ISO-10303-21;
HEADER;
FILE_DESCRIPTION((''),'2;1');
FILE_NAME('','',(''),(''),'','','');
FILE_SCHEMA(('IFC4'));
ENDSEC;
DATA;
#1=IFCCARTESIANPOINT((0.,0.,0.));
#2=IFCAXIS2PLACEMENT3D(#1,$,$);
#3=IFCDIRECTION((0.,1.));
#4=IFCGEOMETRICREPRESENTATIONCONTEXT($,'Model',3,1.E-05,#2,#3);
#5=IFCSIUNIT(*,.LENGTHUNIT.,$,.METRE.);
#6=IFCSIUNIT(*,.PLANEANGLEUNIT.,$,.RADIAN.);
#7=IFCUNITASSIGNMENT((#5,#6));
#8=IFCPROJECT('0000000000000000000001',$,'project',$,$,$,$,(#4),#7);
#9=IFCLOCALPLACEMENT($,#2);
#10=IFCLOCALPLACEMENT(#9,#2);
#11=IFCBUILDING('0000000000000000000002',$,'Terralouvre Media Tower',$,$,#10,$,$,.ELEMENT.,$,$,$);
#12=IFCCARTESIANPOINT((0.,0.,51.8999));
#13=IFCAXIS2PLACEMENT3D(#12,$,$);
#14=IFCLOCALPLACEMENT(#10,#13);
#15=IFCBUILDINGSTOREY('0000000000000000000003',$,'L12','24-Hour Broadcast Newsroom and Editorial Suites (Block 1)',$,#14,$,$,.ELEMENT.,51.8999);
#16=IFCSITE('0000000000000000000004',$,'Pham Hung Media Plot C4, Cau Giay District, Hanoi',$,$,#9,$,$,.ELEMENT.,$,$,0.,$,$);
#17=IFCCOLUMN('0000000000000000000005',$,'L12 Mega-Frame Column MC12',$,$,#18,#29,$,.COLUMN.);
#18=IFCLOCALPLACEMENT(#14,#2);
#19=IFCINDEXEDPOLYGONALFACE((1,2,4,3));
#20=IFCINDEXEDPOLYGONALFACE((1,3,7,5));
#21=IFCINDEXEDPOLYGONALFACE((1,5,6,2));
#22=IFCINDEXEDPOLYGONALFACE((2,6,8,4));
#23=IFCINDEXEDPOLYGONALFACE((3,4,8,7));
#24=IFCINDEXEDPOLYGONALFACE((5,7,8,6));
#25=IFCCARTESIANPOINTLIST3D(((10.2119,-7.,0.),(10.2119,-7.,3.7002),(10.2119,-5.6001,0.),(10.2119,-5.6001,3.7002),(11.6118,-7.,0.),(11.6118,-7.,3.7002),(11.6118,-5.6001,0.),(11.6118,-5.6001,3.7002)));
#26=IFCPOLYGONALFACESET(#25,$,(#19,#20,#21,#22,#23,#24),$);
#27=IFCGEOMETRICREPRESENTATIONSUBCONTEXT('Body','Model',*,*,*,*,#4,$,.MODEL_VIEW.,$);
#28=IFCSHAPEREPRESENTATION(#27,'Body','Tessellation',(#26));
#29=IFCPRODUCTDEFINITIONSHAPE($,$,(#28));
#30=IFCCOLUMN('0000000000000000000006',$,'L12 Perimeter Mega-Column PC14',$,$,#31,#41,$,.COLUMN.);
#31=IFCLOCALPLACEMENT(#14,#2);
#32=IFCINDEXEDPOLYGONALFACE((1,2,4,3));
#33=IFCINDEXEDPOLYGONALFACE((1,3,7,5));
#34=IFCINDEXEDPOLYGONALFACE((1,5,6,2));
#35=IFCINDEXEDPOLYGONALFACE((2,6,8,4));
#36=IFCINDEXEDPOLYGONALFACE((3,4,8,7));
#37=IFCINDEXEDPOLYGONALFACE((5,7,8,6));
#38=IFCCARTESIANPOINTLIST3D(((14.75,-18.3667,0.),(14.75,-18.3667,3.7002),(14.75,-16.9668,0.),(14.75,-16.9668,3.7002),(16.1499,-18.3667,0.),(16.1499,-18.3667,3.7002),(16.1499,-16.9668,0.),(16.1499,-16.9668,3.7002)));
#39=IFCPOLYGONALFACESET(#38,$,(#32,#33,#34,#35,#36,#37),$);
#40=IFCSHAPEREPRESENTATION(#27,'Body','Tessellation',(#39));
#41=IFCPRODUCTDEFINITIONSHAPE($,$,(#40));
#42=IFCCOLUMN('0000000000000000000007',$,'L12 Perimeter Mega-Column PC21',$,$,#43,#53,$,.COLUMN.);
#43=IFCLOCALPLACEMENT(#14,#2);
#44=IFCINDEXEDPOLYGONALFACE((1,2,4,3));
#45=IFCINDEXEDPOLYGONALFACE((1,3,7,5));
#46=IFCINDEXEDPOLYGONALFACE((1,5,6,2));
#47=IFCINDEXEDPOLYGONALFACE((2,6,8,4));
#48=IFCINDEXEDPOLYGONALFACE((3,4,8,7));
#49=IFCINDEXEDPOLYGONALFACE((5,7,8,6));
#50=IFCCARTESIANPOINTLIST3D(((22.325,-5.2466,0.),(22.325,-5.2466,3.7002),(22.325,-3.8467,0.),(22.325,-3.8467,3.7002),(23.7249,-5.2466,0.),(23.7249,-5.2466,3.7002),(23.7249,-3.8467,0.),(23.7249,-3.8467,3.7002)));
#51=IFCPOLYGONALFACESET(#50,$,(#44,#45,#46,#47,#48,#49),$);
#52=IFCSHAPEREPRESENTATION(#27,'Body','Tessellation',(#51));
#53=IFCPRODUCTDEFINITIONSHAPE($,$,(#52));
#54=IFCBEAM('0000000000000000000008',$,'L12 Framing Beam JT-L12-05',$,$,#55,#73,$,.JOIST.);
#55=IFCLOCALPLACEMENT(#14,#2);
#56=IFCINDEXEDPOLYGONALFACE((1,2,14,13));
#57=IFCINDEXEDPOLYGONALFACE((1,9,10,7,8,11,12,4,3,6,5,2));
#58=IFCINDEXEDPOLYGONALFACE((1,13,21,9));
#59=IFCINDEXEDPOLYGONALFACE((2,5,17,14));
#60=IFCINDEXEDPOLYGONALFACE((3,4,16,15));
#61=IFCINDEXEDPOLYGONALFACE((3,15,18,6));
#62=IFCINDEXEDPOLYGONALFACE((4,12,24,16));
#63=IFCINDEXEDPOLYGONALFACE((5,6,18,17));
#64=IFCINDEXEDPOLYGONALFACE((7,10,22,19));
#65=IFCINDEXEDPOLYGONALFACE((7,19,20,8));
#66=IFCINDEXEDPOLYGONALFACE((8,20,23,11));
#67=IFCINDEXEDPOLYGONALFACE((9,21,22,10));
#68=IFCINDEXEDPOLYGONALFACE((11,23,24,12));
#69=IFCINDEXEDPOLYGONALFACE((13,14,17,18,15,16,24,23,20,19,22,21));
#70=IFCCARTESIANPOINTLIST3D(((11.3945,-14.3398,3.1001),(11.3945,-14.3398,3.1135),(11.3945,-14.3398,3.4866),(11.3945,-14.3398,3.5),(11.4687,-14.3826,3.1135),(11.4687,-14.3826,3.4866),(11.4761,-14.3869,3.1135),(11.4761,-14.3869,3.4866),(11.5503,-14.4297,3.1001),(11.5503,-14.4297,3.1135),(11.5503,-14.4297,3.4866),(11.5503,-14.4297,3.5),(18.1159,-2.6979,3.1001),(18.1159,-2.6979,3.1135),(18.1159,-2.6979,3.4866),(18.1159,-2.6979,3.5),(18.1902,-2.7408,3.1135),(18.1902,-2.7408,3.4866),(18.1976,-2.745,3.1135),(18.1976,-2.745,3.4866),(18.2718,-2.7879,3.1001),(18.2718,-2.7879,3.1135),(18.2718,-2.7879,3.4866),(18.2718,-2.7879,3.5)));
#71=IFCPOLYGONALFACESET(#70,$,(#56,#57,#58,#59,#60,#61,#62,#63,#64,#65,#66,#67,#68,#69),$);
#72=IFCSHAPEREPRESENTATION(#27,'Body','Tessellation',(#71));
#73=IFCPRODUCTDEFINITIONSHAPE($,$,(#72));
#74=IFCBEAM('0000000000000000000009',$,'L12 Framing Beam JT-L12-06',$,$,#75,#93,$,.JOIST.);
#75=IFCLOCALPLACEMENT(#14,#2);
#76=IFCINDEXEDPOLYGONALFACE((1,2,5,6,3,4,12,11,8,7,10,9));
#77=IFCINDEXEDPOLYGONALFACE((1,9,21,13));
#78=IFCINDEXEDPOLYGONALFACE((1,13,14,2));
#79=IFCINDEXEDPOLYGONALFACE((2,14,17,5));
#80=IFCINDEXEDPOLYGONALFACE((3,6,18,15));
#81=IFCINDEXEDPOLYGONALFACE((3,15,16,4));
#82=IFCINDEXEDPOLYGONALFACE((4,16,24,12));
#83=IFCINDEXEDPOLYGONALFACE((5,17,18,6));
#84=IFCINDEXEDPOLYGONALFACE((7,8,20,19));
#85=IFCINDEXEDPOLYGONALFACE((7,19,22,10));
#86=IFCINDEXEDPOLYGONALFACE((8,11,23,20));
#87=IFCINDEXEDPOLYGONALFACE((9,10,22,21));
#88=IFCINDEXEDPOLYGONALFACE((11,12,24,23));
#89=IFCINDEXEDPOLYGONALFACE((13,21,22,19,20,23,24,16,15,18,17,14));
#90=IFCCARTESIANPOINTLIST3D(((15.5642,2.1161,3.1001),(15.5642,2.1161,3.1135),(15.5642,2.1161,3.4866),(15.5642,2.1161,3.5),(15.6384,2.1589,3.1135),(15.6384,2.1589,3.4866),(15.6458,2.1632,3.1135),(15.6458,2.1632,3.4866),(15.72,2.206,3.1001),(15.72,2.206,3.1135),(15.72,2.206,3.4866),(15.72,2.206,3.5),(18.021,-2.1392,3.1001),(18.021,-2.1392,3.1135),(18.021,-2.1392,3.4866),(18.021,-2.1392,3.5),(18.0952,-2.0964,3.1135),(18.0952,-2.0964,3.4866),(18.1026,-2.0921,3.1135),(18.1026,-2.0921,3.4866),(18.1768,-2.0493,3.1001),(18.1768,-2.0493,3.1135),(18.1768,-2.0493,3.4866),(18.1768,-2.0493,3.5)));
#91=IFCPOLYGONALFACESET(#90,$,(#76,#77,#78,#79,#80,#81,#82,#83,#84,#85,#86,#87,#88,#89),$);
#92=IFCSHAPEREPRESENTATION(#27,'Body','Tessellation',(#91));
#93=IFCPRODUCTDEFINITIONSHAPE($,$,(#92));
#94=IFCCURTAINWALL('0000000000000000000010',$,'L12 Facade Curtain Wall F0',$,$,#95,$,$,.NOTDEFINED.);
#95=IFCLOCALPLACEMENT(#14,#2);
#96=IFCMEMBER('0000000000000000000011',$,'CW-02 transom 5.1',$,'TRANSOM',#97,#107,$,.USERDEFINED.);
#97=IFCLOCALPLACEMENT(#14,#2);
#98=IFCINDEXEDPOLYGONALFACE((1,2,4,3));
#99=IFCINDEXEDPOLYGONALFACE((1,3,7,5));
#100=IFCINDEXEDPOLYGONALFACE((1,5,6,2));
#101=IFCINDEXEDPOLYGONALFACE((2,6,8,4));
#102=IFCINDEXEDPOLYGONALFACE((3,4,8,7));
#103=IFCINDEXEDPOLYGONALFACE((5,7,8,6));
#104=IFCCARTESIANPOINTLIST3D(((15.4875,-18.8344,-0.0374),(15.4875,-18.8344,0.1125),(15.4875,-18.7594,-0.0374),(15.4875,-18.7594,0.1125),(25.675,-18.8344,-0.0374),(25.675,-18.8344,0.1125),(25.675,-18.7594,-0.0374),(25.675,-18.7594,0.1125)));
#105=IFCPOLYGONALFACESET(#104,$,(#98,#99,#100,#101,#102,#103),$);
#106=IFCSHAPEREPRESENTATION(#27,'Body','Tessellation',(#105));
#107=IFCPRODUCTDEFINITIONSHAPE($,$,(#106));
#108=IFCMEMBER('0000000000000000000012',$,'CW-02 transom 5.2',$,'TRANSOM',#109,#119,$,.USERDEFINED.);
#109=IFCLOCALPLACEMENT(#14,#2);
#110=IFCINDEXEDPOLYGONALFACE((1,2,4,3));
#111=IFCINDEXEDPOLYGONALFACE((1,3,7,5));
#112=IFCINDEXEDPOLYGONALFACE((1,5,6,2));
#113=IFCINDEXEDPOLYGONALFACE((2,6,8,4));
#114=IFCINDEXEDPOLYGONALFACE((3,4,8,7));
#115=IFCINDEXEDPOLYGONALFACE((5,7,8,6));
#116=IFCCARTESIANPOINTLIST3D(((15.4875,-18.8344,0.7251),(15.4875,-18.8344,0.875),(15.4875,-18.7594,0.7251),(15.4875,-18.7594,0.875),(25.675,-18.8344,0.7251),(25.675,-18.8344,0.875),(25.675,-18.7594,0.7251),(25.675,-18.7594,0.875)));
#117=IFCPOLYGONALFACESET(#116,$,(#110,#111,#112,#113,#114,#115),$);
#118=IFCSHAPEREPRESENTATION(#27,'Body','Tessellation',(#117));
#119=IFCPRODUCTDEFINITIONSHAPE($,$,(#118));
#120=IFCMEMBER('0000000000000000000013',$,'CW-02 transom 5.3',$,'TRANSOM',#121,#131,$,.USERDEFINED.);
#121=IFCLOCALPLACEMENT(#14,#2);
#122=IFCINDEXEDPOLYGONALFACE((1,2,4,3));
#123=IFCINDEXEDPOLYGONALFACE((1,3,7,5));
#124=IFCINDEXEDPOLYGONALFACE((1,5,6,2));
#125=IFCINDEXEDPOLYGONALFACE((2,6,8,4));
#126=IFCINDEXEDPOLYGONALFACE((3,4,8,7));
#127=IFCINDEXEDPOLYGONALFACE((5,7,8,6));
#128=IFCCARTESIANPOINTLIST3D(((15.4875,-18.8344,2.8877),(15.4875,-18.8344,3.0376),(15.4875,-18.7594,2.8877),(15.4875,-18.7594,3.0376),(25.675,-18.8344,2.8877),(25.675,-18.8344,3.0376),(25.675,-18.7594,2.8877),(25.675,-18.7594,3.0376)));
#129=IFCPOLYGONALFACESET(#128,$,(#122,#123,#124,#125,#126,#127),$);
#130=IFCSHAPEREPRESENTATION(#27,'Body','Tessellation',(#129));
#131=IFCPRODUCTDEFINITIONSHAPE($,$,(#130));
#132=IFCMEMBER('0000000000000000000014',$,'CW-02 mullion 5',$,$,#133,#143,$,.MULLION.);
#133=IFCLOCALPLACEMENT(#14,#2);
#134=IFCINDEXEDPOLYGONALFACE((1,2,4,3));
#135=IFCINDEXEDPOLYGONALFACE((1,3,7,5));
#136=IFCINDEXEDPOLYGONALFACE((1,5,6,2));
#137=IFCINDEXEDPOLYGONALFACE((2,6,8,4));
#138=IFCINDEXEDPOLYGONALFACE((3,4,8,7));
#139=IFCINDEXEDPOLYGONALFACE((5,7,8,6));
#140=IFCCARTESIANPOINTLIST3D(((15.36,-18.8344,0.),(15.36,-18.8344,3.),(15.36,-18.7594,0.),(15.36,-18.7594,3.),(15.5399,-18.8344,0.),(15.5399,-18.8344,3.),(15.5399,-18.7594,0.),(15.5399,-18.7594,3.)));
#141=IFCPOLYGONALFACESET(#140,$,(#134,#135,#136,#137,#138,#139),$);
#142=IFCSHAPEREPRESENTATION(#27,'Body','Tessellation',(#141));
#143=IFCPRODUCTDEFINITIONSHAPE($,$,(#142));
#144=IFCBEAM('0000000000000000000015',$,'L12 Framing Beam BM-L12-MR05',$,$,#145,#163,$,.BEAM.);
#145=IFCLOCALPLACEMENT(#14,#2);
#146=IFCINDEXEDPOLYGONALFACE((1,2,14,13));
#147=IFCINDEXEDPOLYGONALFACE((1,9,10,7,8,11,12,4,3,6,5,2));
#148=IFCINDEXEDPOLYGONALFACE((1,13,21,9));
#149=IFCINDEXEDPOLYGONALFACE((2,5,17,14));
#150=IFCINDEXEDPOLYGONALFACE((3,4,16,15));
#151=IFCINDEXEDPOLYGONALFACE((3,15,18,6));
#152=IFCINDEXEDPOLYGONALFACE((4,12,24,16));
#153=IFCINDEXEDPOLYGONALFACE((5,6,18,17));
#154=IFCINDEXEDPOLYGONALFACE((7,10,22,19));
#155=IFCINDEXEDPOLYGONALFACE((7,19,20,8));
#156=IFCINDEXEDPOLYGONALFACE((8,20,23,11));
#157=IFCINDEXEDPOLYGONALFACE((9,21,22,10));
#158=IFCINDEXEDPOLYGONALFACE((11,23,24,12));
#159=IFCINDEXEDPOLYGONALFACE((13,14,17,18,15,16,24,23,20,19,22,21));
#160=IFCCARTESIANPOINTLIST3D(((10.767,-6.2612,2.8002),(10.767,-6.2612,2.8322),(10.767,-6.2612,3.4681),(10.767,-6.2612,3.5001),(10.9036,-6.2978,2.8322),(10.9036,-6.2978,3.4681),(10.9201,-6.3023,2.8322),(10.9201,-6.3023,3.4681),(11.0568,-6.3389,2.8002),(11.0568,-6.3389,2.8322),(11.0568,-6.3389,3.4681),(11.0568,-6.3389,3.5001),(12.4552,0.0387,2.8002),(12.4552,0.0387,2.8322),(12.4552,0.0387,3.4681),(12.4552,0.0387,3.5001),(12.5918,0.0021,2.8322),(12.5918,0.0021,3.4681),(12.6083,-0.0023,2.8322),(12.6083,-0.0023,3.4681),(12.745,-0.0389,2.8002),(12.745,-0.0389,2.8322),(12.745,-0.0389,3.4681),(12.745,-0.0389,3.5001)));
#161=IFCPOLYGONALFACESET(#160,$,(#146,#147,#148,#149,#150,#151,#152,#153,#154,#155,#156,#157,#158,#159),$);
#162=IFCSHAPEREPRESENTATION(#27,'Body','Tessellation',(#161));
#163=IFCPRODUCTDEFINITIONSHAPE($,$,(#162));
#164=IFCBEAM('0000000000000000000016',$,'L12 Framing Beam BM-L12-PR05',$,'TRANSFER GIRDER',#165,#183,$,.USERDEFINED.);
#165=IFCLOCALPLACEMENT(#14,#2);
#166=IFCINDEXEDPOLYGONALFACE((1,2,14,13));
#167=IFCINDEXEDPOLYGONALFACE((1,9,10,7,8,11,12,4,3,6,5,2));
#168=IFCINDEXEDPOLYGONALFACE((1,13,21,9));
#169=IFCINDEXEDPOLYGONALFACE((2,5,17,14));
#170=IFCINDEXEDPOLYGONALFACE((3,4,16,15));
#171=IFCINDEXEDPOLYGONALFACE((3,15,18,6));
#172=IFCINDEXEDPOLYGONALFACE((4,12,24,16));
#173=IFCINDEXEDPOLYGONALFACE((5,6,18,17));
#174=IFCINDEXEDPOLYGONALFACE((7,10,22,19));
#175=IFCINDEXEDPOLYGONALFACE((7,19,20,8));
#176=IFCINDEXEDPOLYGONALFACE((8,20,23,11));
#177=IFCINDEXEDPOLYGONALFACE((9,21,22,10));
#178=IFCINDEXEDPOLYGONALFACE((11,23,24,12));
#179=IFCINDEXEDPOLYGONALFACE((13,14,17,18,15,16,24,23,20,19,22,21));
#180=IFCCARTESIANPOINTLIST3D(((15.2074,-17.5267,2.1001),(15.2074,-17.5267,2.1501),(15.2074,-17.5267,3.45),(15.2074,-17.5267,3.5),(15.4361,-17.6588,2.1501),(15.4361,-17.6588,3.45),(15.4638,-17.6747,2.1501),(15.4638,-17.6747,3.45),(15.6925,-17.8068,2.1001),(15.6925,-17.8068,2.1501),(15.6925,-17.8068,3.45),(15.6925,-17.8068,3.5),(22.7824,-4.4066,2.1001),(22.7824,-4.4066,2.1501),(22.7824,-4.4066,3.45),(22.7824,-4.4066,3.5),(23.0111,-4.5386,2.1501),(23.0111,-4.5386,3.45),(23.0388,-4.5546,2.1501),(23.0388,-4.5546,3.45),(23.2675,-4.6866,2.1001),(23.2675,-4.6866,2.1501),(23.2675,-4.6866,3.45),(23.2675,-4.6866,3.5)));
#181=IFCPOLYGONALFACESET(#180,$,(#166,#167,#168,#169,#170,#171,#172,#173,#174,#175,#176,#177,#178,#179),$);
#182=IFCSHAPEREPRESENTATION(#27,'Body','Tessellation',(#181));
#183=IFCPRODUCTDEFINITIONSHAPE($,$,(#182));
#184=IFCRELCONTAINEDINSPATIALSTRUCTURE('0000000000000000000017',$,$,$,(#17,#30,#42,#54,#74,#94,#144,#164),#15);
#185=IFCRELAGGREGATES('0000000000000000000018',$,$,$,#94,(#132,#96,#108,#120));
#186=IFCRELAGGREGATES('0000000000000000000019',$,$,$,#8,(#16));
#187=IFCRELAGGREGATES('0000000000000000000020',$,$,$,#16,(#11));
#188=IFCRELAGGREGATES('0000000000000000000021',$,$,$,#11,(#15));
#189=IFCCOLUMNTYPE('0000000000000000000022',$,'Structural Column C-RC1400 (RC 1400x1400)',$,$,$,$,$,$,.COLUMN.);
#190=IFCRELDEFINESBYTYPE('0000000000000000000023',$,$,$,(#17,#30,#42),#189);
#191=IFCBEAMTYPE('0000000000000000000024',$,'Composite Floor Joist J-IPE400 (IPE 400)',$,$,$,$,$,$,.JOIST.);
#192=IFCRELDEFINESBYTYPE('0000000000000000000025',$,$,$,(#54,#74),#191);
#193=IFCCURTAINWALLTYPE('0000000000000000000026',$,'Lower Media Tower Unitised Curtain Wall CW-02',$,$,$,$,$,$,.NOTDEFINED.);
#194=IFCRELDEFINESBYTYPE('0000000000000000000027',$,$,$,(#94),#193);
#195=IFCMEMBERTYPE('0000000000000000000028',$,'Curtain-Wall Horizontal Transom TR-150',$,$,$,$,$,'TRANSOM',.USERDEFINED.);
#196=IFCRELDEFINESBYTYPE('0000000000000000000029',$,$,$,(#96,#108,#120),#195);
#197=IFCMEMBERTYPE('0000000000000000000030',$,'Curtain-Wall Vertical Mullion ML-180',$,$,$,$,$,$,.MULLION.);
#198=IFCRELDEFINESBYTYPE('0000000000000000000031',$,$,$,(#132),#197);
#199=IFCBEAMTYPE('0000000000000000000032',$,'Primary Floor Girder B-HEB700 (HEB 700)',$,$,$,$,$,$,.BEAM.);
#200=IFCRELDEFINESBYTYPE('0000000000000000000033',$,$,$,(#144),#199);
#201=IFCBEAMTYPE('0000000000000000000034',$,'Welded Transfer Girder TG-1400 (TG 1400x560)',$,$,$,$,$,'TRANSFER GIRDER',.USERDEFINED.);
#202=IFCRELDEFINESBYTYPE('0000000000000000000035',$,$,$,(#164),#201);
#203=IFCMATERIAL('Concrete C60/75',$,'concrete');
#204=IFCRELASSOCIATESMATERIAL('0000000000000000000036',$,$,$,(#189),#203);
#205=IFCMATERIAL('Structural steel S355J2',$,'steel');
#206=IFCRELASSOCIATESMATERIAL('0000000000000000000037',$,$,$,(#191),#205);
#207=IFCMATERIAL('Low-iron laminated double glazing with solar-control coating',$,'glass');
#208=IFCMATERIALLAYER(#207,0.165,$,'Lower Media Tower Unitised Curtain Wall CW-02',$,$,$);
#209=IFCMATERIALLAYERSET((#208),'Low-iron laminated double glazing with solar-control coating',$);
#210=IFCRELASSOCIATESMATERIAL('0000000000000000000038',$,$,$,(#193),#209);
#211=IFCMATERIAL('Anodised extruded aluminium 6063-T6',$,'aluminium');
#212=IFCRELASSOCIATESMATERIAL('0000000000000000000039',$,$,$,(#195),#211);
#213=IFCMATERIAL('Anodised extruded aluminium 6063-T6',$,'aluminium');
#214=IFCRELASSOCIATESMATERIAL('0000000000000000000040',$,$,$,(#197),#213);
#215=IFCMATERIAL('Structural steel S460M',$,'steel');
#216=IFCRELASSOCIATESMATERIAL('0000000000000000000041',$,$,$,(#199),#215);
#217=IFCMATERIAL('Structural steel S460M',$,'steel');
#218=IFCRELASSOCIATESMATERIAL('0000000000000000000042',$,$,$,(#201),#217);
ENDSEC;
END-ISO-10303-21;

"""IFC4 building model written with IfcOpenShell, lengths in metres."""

from ifc_helpers import new_model, si_unit, direction, frame, origin, origin_2d, place, context, subcontext, project, spatial, rectangle, i_section, extrude, material, layer, layer_set, material_profile, profile_set, type_object, element, aggregate, save


model = new_model("IFC4")

# Units and contexts
model_context = context("Model", 3, precision=1e-05, world=origin(), true_north=direction((0.0, 1.0)))
body_context = subcontext(model_context, "Body", "Model", "MODEL_VIEW")
ifc_project = project(units=[si_unit("LENGTHUNIT", "METRE"), si_unit("PLANEANGLEUNIT", "RADIAN")], contexts=[model_context])

# Site, building, storey
site_placement = place(None, origin())
site = spatial("IfcSite", under=ifc_project, at=site_placement, Name="Pham Hung Media Plot C4, Cau Giay District, Hanoi", CompositionType="ELEMENT", RefElevation=0.0)
building_placement = place(site_placement, origin())
building = spatial("IfcBuilding", under=site, at=building_placement, Name="Terralouvre Media Tower", CompositionType="ELEMENT")
storey_placement = place(building_placement, frame((0.0, 0.0, 51.8999)))
storey = spatial("IfcBuildingStorey", under=building, at=storey_placement, Name="L12", Description="24-Hour Broadcast Newsroom and Editorial Suites (Block 1)", CompositionType="ELEMENT", Elevation=51.8999)

# Columns
ifc_material_1 = material(Name="Concrete C60/75", Category="concrete")
ifc_material_profile_1 = material_profile(ifc_material_1, rectangle(XDim=1.3999, YDim=1.3999, at=origin_2d()), Name="RC 1400x1400")
ifc_profile_set_1 = profile_set([ifc_material_profile_1], Name="Concrete C60/75")
column_type = type_object("IfcColumnType", Name="Structural Column C-RC1400 (RC 1400x1400)", PredefinedType="COLUMN", material=ifc_profile_set_1)
for number, where, z_axis, x_axis, name in (
    (1, (10.9119, -6.3, 0.0), (0.0, 0.0, 1.0), (1.0, 0.0, 0.0), "L12 Mega-Frame Column MC12"),
    (2, (15.45, -17.6667, 0.0), (0.0, 0.0, 1.0), (1.0, 0.0, 0.0), "L12 Perimeter Mega-Column PC14"),
    (3, (23.0249, -4.5466, 0.0), (0.0, 0.0, 1.0), (1.0, 0.0, 0.0), "L12 Perimeter Mega-Column PC21"),
):
    element("IfcColumn", number, at=place(storey_placement, frame(where, z_axis=z_axis, x_axis=x_axis)), inside=storey, type_object=column_type, Name=name, PredefinedType="COLUMN", context=body_context, shape_type="SweptSolid", body=[
        extrude(rectangle(XDim=1.3999, YDim=1.3999, at=origin_2d()), origin(), (0.0, 0.0, 1.0), 3.7002),
    ])

# Beams
ifc_material_2 = material(Name="Structural steel S355J2", Category="steel")
ifc_material_profile_2 = material_profile(ifc_material_2, i_section(OverallWidth=0.1799, OverallDepth=0.3999, WebThickness=0.0085, FlangeThickness=0.0134, at=origin_2d()), Name="IPE 400")
ifc_profile_set_2 = profile_set([ifc_material_profile_2], Name="Structural steel S355J2")
beam_type_1 = type_object("IfcBeamType", Name="Composite Floor Joist J-IPE400 (IPE 400)", PredefinedType="JOIST", material=ifc_profile_set_2)
beam_1_placement = place(storey_placement, frame((11.4724, -14.3848, 3.3), z_axis=(0.500001, 0.866025, 0.0), x_axis=(-0.866025, 0.500001, 0.0)))
element("IfcBeam", 4, at=beam_1_placement, inside=storey, type_object=beam_type_1, Name="L12 Framing Beam JT-L12-05", PredefinedType="JOIST", context=body_context, shape_type="SweptSolid", body=[
    extrude(i_section(OverallWidth=0.1799, OverallDepth=0.3999, WebThickness=0.0085, FlangeThickness=0.0134, at=origin_2d()), origin(), (0.0, 0.0, 1.0), 13.4429),
])
beam_2_placement = place(storey_placement, frame((18.0989, -2.0942, 3.3), z_axis=(-0.499992, 0.86603, 0.0), x_axis=(-0.86603, -0.499992, 0.0)))
element("IfcBeam", 5, at=beam_2_placement, inside=storey, type_object=beam_type_1, Name="L12 Framing Beam JT-L12-06", PredefinedType="JOIST", context=body_context, shape_type="SweptSolid", body=[
    extrude(i_section(OverallWidth=0.1799, OverallDepth=0.3999, WebThickness=0.0085, FlangeThickness=0.0134, at=origin_2d()), origin(), (0.0, 0.0, 1.0), 4.9136),
])

# Curtain wall, members
ifc_material_3 = material(Name="Low-iron laminated double glazing with solar-control coating", Category="glass")
ifc_layer_1 = layer(ifc_material_3, 0.165, Name="Lower Media Tower Unitised Curtain Wall CW-02")
ifc_layer_set_1 = layer_set([ifc_layer_1], Name="Low-iron laminated double glazing with solar-control coating")
curtain_wall_type = type_object("IfcCurtainWallType", Name="Lower Media Tower Unitised Curtain Wall CW-02", PredefinedType="NOTDEFINED", material=ifc_layer_set_1)
curtain_wall_placement = place(storey_placement, origin())
curtain_wall = element("IfcCurtainWall", 6, at=curtain_wall_placement, inside=storey, type_object=curtain_wall_type, Name="L12 Facade Curtain Wall F0", PredefinedType="NOTDEFINED")
ifc_material_4 = material(Name="Anodised extruded aluminium 6063-T6", Category="aluminium")
ifc_material_profile_3 = material_profile(ifc_material_4, rectangle(XDim=0.075, YDim=0.1499, at=origin_2d()), Name="ALU 75x150")
ifc_profile_set_3 = profile_set([ifc_material_profile_3], Name="Anodised extruded aluminium 6063-T6")
member_type_1 = type_object("IfcMemberType", Name="Curtain-Wall Horizontal Transom TR-150", ElementType="TRANSOM", PredefinedType="USERDEFINED", material=ifc_profile_set_3)
member_1_placement = place(storey_placement, frame((15.4875, -18.7969, 0.0376), z_axis=(1.0, 0.0, 0.0), x_axis=(0.0, 1.0, 0.0)))
member_1 = element("IfcMember", 7, at=member_1_placement, type_object=member_type_1, Name="CW-02 transom 5.1", ObjectType="TRANSOM", PredefinedType="USERDEFINED", context=body_context, shape_type="SweptSolid", body=[
    extrude(rectangle(XDim=0.075, YDim=0.1499, at=origin_2d()), origin(), (0.0, 0.0, 1.0), 10.1875),
])
member_2_placement = place(storey_placement, frame((15.4875, -18.7969, 0.8), z_axis=(1.0, 0.0, 0.0), x_axis=(0.0, 1.0, 0.0)))
member_2 = element("IfcMember", 8, at=member_2_placement, type_object=member_type_1, Name="CW-02 transom 5.2", ObjectType="TRANSOM", PredefinedType="USERDEFINED", context=body_context, shape_type="SweptSolid", body=[
    extrude(rectangle(XDim=0.075, YDim=0.1499, at=origin_2d()), origin(), (0.0, 0.0, 1.0), 10.1875),
])
member_3_placement = place(storey_placement, frame((15.4875, -18.7969, 2.9626), z_axis=(1.0, 0.0, 0.0), x_axis=(0.0, 1.0, 0.0)))
member_3 = element("IfcMember", 9, at=member_3_placement, type_object=member_type_1, Name="CW-02 transom 5.3", ObjectType="TRANSOM", PredefinedType="USERDEFINED", context=body_context, shape_type="SweptSolid", body=[
    extrude(rectangle(XDim=0.075, YDim=0.1499, at=origin_2d()), origin(), (0.0, 0.0, 1.0), 10.1875),
])
ifc_material_5 = material(Name="Anodised extruded aluminium 6063-T6", Category="aluminium")
ifc_material_profile_4 = material_profile(ifc_material_5, rectangle(XDim=0.075, YDim=0.1799, at=origin_2d()), Name="ALU 75x180")
ifc_profile_set_4 = profile_set([ifc_material_profile_4], Name="Anodised extruded aluminium 6063-T6")
member_type_2 = type_object("IfcMemberType", Name="Curtain-Wall Vertical Mullion ML-180", PredefinedType="MULLION", material=ifc_profile_set_4)
member_4_placement = place(storey_placement, frame((15.45, -18.7969, 0.0), z_axis=(0.0, 0.0, 1.0), x_axis=(0.0, 1.0, 0.0)))
member_4 = element("IfcMember", 10, at=member_4_placement, type_object=member_type_2, Name="CW-02 mullion 5", PredefinedType="MULLION", context=body_context, shape_type="SweptSolid", body=[
    extrude(rectangle(XDim=0.075, YDim=0.1799, at=origin_2d()), origin(), (0.0, 0.0, 1.0), 3.0),
])

# Beams
ifc_material_6 = material(Name="Structural steel S460M", Category="steel")
ifc_material_profile_5 = material_profile(ifc_material_6, i_section(OverallWidth=0.3, OverallDepth=0.7, WebThickness=0.0171, FlangeThickness=0.032, at=origin_2d()), Name="HEB 700")
ifc_profile_set_5 = profile_set([ifc_material_profile_5], Name="Structural steel S460M")
beam_type_2 = type_object("IfcBeamType", Name="Primary Floor Girder B-HEB700 (HEB 700)", PredefinedType="BEAM", material=ifc_profile_set_5)
beam_3_placement = place(storey_placement, frame((10.9119, -6.3, 3.1501), z_axis=(0.258839, 0.96592, 0.0), x_axis=(-0.96592, 0.258839, 0.0)))
element("IfcBeam", 11, at=beam_3_placement, inside=storey, type_object=beam_type_2, Name="L12 Framing Beam BM-L12-MR05", PredefinedType="BEAM", context=body_context, shape_type="SweptSolid", body=[
    extrude(i_section(OverallWidth=0.3, OverallDepth=0.7, WebThickness=0.0171, FlangeThickness=0.032, at=origin_2d()), origin(), (0.0, 0.0, 1.0), 6.5222),
])
ifc_material_7 = material(Name="Structural steel S460M", Category="steel")
ifc_material_profile_6 = material_profile(ifc_material_7, i_section(OverallWidth=0.5601, OverallDepth=1.3999, WebThickness=0.032, FlangeThickness=0.05, at=origin_2d()), Name="TG 1400x560")
ifc_profile_set_6 = profile_set([ifc_material_profile_6], Name="Structural steel S460M")
beam_type_3 = type_object("IfcBeamType", Name="Welded Transfer Girder TG-1400 (TG 1400x560)", ElementType="TRANSFER GIRDER", PredefinedType="USERDEFINED", material=ifc_profile_set_6)
beam_4_placement = place(storey_placement, frame((15.45, -17.6667, 2.8), z_axis=(0.500002, 0.866024, 0.0), x_axis=(-0.866024, 0.500002, 0.0)))
element("IfcBeam", 12, at=beam_4_placement, inside=storey, type_object=beam_type_3, Name="L12 Framing Beam BM-L12-PR05", ObjectType="TRANSFER GIRDER", PredefinedType="USERDEFINED", context=body_context, shape_type="SweptSolid", body=[
    extrude(i_section(OverallWidth=0.5601, OverallDepth=1.3999, WebThickness=0.032, FlangeThickness=0.05, at=origin_2d()), origin(), (0.0, 0.0, 1.0), 15.1499),
])

aggregate(curtain_wall, [member_4, member_1, member_2, member_3])

save(model, "model.ifc")
